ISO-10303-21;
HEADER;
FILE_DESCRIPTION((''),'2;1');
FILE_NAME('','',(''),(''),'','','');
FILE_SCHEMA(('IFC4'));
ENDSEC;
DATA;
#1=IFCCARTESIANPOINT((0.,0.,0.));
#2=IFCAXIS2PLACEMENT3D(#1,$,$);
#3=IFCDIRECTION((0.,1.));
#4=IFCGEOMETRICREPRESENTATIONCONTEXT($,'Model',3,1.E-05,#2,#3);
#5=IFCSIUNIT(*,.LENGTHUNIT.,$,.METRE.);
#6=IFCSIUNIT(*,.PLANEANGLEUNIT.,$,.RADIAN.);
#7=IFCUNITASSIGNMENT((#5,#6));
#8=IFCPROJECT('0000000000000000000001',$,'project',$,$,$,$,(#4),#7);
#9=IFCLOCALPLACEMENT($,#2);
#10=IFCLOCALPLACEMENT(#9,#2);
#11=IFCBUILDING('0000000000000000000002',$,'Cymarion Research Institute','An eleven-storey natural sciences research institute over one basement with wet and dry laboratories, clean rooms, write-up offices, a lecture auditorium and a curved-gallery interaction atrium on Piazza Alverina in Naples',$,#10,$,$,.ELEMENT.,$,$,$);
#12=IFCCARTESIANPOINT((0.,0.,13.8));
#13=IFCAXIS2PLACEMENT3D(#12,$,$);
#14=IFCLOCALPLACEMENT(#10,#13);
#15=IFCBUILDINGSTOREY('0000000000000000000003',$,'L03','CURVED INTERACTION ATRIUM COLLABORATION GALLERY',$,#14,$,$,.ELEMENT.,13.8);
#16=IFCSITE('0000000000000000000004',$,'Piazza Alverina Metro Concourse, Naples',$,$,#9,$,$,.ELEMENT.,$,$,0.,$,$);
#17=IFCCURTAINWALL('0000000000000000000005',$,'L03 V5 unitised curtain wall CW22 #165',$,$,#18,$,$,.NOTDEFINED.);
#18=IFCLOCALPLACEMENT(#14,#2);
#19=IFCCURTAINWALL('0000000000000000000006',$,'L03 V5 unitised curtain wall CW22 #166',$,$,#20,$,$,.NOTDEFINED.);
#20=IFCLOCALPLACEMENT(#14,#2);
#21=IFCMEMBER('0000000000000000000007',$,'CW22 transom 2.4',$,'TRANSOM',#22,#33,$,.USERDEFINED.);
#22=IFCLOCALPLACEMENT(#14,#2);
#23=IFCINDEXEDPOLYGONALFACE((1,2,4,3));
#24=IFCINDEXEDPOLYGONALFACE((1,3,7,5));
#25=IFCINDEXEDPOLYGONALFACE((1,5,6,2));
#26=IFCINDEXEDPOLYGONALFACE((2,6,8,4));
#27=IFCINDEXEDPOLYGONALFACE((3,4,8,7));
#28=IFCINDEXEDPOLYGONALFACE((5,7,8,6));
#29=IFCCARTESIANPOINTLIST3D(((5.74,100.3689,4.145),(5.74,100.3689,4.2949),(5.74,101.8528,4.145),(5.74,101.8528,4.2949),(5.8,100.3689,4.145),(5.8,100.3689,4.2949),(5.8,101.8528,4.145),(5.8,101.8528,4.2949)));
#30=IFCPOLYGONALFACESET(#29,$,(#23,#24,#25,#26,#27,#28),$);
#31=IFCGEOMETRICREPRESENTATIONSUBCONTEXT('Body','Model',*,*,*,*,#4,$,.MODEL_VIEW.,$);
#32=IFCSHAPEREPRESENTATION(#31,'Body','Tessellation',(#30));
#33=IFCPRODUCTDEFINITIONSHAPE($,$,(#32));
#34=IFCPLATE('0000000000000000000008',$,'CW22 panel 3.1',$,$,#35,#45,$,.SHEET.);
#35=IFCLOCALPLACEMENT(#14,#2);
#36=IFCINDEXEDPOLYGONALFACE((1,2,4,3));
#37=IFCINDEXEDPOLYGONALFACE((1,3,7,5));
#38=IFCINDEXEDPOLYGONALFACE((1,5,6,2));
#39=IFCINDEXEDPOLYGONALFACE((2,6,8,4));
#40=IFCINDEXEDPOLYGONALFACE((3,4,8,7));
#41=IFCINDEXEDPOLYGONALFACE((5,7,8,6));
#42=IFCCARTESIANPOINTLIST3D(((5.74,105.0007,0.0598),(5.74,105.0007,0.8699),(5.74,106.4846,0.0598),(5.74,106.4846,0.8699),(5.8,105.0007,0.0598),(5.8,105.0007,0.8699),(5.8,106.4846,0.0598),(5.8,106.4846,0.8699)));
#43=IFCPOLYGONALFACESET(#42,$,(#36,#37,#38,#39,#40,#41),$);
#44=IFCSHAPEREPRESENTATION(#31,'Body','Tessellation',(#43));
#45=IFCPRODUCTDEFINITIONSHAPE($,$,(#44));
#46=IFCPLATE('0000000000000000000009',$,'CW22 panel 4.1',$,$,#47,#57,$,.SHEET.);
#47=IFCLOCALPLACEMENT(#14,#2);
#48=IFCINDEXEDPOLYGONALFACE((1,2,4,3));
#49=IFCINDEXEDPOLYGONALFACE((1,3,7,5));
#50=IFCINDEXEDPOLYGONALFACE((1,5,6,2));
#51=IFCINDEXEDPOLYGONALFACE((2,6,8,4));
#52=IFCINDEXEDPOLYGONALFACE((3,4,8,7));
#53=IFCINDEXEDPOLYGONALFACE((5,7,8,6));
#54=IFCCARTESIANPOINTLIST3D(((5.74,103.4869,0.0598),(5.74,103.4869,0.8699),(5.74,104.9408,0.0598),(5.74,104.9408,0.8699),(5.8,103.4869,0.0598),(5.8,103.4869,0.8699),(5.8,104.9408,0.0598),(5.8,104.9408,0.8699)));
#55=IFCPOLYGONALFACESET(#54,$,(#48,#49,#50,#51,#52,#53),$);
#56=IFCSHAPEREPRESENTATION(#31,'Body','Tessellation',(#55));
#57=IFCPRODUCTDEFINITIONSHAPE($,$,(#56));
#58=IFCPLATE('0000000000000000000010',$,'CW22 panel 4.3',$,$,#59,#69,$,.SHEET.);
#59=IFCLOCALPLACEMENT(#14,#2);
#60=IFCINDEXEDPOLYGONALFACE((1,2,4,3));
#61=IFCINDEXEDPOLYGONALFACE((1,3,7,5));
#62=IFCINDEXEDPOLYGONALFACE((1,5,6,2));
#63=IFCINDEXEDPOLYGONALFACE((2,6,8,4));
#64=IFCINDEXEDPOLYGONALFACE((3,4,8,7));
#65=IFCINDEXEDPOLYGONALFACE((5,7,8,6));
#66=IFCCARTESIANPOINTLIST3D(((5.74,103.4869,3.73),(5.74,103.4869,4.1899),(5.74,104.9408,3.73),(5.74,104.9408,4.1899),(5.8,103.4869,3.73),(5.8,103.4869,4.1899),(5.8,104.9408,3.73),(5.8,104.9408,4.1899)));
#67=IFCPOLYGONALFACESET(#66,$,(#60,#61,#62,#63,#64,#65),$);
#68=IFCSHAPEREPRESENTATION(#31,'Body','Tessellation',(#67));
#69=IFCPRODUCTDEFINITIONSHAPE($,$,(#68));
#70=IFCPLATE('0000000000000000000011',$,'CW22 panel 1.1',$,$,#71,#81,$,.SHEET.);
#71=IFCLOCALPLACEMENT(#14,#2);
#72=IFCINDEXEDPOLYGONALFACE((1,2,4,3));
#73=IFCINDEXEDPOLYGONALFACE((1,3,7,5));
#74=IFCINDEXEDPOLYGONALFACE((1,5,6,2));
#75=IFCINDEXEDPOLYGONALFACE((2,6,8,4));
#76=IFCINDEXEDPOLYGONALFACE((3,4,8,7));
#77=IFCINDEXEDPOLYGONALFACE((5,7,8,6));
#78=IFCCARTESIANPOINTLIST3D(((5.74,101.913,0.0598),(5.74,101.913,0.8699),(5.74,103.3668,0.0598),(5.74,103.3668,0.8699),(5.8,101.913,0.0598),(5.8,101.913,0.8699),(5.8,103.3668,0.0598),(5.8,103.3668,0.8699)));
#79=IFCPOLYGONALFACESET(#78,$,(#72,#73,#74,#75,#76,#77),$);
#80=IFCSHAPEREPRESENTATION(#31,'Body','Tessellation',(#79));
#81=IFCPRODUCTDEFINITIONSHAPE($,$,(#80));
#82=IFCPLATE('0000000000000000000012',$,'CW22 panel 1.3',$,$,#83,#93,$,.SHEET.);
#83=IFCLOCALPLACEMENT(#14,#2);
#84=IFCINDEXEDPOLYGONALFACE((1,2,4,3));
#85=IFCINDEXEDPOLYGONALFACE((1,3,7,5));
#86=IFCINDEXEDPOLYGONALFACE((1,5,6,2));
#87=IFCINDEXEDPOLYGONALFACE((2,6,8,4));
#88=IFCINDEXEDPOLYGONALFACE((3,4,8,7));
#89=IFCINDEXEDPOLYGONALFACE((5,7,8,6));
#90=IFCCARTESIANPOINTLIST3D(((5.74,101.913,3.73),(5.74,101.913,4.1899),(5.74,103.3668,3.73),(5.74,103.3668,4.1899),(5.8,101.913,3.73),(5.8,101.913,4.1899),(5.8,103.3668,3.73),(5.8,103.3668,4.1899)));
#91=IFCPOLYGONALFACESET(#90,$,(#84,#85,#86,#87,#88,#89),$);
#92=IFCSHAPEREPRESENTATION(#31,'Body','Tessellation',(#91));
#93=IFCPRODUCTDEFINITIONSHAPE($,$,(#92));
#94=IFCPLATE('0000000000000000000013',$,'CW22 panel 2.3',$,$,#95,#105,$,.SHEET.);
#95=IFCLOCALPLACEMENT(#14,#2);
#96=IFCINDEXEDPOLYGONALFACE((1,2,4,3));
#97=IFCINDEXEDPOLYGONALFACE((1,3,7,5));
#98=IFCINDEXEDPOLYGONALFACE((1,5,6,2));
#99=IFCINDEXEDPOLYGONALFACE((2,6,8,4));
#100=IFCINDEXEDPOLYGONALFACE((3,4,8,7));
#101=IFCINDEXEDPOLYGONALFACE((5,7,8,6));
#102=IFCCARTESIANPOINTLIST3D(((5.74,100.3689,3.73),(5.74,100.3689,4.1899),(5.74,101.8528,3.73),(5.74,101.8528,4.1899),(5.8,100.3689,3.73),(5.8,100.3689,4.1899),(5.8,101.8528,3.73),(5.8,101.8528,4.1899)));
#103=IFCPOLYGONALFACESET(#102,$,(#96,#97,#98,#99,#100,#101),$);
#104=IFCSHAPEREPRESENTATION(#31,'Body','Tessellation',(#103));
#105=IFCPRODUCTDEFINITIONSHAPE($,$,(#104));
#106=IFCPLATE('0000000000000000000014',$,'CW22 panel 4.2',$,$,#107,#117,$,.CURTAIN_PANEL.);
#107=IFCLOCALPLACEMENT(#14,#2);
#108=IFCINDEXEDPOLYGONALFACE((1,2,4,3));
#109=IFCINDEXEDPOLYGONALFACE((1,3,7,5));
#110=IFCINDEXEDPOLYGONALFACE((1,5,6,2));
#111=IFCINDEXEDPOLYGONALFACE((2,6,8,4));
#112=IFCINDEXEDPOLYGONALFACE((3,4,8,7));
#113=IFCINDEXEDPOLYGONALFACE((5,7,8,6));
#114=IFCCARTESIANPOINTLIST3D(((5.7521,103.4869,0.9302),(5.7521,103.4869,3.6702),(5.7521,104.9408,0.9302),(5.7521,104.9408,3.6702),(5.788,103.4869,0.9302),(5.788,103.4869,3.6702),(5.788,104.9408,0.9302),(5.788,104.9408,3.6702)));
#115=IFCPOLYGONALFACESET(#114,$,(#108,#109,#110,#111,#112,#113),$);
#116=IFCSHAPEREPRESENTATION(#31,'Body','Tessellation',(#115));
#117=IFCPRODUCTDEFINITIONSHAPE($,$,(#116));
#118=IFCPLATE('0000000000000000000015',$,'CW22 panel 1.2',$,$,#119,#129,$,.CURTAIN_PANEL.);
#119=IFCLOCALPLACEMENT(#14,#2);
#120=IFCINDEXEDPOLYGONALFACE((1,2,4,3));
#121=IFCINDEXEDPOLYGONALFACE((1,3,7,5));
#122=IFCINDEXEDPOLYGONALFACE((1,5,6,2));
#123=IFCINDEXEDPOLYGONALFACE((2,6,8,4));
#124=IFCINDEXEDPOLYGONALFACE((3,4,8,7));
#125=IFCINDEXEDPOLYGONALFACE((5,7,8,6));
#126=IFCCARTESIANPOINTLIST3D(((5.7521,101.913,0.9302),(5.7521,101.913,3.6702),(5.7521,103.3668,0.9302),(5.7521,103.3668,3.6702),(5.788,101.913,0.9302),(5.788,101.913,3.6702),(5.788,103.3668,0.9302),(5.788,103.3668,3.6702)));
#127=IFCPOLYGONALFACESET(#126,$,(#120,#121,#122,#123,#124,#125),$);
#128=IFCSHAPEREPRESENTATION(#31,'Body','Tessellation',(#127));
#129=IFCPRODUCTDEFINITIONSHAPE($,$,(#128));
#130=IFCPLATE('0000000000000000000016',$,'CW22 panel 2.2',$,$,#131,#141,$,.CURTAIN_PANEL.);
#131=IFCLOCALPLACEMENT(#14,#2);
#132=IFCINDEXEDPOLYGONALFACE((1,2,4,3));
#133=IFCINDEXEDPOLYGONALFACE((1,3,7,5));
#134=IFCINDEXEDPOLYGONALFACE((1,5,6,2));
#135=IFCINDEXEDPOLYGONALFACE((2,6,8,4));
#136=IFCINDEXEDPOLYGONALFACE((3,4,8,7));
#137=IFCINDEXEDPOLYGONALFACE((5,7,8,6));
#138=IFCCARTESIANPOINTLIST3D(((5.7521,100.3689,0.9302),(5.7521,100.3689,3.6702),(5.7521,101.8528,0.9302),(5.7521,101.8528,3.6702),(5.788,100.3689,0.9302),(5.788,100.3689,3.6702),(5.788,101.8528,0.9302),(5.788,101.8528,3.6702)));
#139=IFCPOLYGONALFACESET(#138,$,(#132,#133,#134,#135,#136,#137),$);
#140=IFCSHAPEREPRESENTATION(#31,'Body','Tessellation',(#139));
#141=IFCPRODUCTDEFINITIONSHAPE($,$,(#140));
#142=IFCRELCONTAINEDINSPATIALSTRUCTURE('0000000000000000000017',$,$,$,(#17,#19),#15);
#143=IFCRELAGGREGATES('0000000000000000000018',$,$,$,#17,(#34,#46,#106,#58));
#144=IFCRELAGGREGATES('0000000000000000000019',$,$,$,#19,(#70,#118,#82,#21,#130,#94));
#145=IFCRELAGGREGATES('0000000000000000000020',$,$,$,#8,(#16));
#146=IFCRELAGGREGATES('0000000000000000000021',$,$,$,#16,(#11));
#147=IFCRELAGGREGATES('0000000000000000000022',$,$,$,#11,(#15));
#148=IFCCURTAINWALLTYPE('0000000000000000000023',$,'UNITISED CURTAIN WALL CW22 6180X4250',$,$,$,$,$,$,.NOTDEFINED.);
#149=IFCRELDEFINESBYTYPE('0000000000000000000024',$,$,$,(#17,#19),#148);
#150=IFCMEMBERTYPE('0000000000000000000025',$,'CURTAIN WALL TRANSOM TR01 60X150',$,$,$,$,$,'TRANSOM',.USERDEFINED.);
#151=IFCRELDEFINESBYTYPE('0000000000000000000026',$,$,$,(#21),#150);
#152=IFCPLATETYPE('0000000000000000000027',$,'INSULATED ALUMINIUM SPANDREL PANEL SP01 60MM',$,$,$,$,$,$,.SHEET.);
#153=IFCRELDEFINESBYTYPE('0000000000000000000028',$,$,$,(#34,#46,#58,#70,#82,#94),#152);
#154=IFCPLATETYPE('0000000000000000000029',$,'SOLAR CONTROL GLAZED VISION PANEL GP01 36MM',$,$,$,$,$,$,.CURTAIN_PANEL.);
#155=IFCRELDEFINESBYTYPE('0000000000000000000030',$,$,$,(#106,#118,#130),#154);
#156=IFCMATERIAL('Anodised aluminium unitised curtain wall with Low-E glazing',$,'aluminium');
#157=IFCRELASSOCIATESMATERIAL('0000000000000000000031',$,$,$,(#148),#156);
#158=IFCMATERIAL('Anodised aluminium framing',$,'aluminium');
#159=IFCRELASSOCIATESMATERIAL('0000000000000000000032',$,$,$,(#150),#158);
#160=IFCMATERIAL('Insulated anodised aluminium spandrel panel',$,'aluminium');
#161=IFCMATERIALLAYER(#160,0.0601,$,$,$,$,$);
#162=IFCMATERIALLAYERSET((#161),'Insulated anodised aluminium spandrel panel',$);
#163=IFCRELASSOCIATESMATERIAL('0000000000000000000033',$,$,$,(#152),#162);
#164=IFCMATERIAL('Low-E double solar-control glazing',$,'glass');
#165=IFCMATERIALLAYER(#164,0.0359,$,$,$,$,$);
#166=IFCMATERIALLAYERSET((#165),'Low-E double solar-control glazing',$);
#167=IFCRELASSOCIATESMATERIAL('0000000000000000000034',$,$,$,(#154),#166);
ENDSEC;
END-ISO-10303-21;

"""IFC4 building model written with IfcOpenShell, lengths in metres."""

from ifc_helpers import new_model, si_unit, direction, frame, origin, origin_2d, place, context, subcontext, project, spatial, rectangle, extrude, material, layer, layer_set, material_profile, profile_set, type_object, element, aggregate, save


model = new_model("IFC4")

# Units and contexts
model_context = context("Model", 3, precision=1e-05, world=origin(), true_north=direction((0.0, 1.0)))
body_context = subcontext(model_context, "Body", "Model", "MODEL_VIEW")
ifc_project = project(units=[si_unit("LENGTHUNIT", "METRE"), si_unit("PLANEANGLEUNIT", "RADIAN")], contexts=[model_context])

# Site, building, storey
site_placement = place(None, origin())
site = spatial("IfcSite", under=ifc_project, at=site_placement, Name="Piazza Alverina Metro Concourse, Naples", CompositionType="ELEMENT", RefElevation=0.0)
building_placement = place(site_placement, origin())
building = spatial("IfcBuilding", under=site, at=building_placement, Name="Cymarion Research Institute", Description="An eleven-storey natural sciences research institute over one basement with wet and dry laboratories, clean rooms, write-up offices, a lecture auditorium and a curved-gallery interaction atrium on Piazza Alverina in Naples", CompositionType="ELEMENT")
storey_placement = place(building_placement, frame((0.0, 0.0, 13.8)))
storey = spatial("IfcBuildingStorey", under=building, at=storey_placement, Name="L03", Description="CURVED INTERACTION ATRIUM COLLABORATION GALLERY", CompositionType="ELEMENT", Elevation=13.8)

# Curtain walls
ifc_material_1 = material(Name="Anodised aluminium unitised curtain wall with Low-E glazing", Category="aluminium")
curtain_wall_type = type_object("IfcCurtainWallType", Name="UNITISED CURTAIN WALL CW22 6180X4250", PredefinedType="NOTDEFINED", material=ifc_material_1)
curtain_wall_1_placement = place(storey_placement, origin())
curtain_wall_1 = element("IfcCurtainWall", 1, at=curtain_wall_1_placement, inside=storey, type_object=curtain_wall_type, Name="L03 V5 unitised curtain wall CW22 #165", PredefinedType="NOTDEFINED")
ifc_material_2 = material(Name="Anodised aluminium framing", Category="aluminium")
curtain_wall_2_placement = place(storey_placement, origin())
curtain_wall_2 = element("IfcCurtainWall", 2, at=curtain_wall_2_placement, inside=storey, type_object=curtain_wall_type, Name="L03 V5 unitised curtain wall CW22 #166", PredefinedType="NOTDEFINED")

# Member
ifc_material_profile_1 = material_profile(ifc_material_2, rectangle(XDim=0.0601, YDim=0.1499, at=origin_2d()), Name="ALU TRANSOM 60x150")
ifc_profile_set_1 = profile_set([ifc_material_profile_1], Name="Anodised aluminium framing")
member_type_1 = type_object("IfcMemberType", Name="CURTAIN WALL TRANSOM TR01 60X150", ElementType="TRANSOM", PredefinedType="USERDEFINED", material=ifc_profile_set_1)
member_1_placement = place(storey_placement, frame((5.77, 101.8528, 4.22), z_axis=(0.0, -1.0, 0.0), x_axis=(1.0, 0.0, 0.0)))
member_1 = element("IfcMember", 3, at=member_1_placement, type_object=member_type_1, Name="CW22 transom 2.4", ObjectType="TRANSOM", PredefinedType="USERDEFINED", context=body_context, shape_type="SweptSolid", body=[
    extrude(rectangle(XDim=0.0601, YDim=0.1499, at=origin_2d()), origin(), (0.0, 0.0, 1.0), 1.4839),
])

# Plates
ifc_material_3 = material(Name="Insulated anodised aluminium spandrel panel", Category="aluminium")
ifc_layer_1 = layer(ifc_material_3, 0.0601)
ifc_layer_set_1 = layer_set([ifc_layer_1], Name="Insulated anodised aluminium spandrel panel")
plate_type_1 = type_object("IfcPlateType", Name="INSULATED ALUMINIUM SPANDREL PANEL SP01 60MM", PredefinedType="SHEET", material=ifc_layer_set_1)
plate_1_placement = place(storey_placement, frame((5.77, 105.7427, 0.0598), z_axis=(0.0, 0.0, 1.0), x_axis=(0.0, -1.0, 0.0)))
plate_1 = element("IfcPlate", 4, at=plate_1_placement, type_object=plate_type_1, Name="CW22 panel 3.1", PredefinedType="SHEET", context=body_context, shape_type="SweptSolid", body=[
    extrude(rectangle(XDim=1.4839, YDim=0.0601, at=origin_2d()), origin(), (0.0, 0.0, 1.0), 0.8101),
])
plate_2_placement = place(storey_placement, frame((5.77, 104.2139, 0.0598), z_axis=(0.0, 0.0, 1.0), x_axis=(0.0, -1.0, 0.0)))
plate_2 = element("IfcPlate", 5, at=plate_2_placement, type_object=plate_type_1, Name="CW22 panel 4.1", PredefinedType="SHEET", context=body_context, shape_type="SweptSolid", body=[
    extrude(rectangle(XDim=1.4539, YDim=0.0601, at=origin_2d()), origin(), (0.0, 0.0, 1.0), 0.8101),
])
plate_3_placement = place(storey_placement, frame((5.77, 104.2139, 3.73), z_axis=(0.0, 0.0, 1.0), x_axis=(0.0, -1.0, 0.0)))
plate_3 = element("IfcPlate", 6, at=plate_3_placement, type_object=plate_type_1, Name="CW22 panel 4.3", PredefinedType="SHEET", context=body_context, shape_type="SweptSolid", body=[
    extrude(rectangle(XDim=1.4539, YDim=0.0601, at=origin_2d()), origin(), (0.0, 0.0, 1.0), 0.46),
])
plate_4_placement = place(storey_placement, frame((5.77, 102.6399, 0.0598), z_axis=(0.0, 0.0, 1.0), x_axis=(0.0, -1.0, 0.0)))
plate_4 = element("IfcPlate", 7, at=plate_4_placement, type_object=plate_type_1, Name="CW22 panel 1.1", PredefinedType="SHEET", context=body_context, shape_type="SweptSolid", body=[
    extrude(rectangle(XDim=1.4539, YDim=0.0601, at=origin_2d()), origin(), (0.0, 0.0, 1.0), 0.8101),
])
plate_5_placement = place(storey_placement, frame((5.77, 102.6399, 3.73), z_axis=(0.0, 0.0, 1.0), x_axis=(0.0, -1.0, 0.0)))
plate_5 = element("IfcPlate", 8, at=plate_5_placement, type_object=plate_type_1, Name="CW22 panel 1.3", PredefinedType="SHEET", context=body_context, shape_type="SweptSolid", body=[
    extrude(rectangle(XDim=1.4539, YDim=0.0601, at=origin_2d()), origin(), (0.0, 0.0, 1.0), 0.46),
])
plate_6_placement = place(storey_placement, frame((5.77, 101.1108, 3.73), z_axis=(0.0, 0.0, 1.0), x_axis=(0.0, -1.0, 0.0)))
plate_6 = element("IfcPlate", 9, at=plate_6_placement, type_object=plate_type_1, Name="CW22 panel 2.3", PredefinedType="SHEET", context=body_context, shape_type="SweptSolid", body=[
    extrude(rectangle(XDim=1.4839, YDim=0.0601, at=origin_2d()), origin(), (0.0, 0.0, 1.0), 0.46),
])
ifc_material_4 = material(Name="Low-E double solar-control glazing", Category="glass")
ifc_layer_2 = layer(ifc_material_4, 0.0359)
ifc_layer_set_2 = layer_set([ifc_layer_2], Name="Low-E double solar-control glazing")
plate_type_2 = type_object("IfcPlateType", Name="SOLAR CONTROL GLAZED VISION PANEL GP01 36MM", PredefinedType="CURTAIN_PANEL", material=ifc_layer_set_2)
plate_7_placement = place(storey_placement, frame((5.77, 104.2139, 0.9302), z_axis=(0.0, 0.0, 1.0), x_axis=(0.0, -1.0, 0.0)))
plate_7 = element("IfcPlate", 10, at=plate_7_placement, type_object=plate_type_2, Name="CW22 panel 4.2", PredefinedType="CURTAIN_PANEL", context=body_context, shape_type="SweptSolid", body=[
    extrude(rectangle(XDim=1.4539, YDim=0.0359, at=origin_2d()), origin(), (0.0, 0.0, 1.0), 2.74),
])
aggregate(curtain_wall_1, [plate_1, plate_2, plate_7, plate_3])
plate_8_placement = place(storey_placement, frame((5.77, 102.6399, 0.9302), z_axis=(0.0, 0.0, 1.0), x_axis=(0.0, -1.0, 0.0)))
plate_8 = element("IfcPlate", 11, at=plate_8_placement, type_object=plate_type_2, Name="CW22 panel 1.2", PredefinedType="CURTAIN_PANEL", context=body_context, shape_type="SweptSolid", body=[
    extrude(rectangle(XDim=1.4539, YDim=0.0359, at=origin_2d()), origin(), (0.0, 0.0, 1.0), 2.74),
])
plate_9_placement = place(storey_placement, frame((5.77, 101.1108, 0.9302), z_axis=(0.0, 0.0, 1.0), x_axis=(0.0, -1.0, 0.0)))
plate_9 = element("IfcPlate", 12, at=plate_9_placement, type_object=plate_type_2, Name="CW22 panel 2.2", PredefinedType="CURTAIN_PANEL", context=body_context, shape_type="SweptSolid", body=[
    extrude(rectangle(XDim=1.4839, YDim=0.0359, at=origin_2d()), origin(), (0.0, 0.0, 1.0), 2.74),
])
aggregate(curtain_wall_2, [plate_4, plate_8, plate_5, member_1, plate_9, plate_6])

save(model, "model.ifc")
